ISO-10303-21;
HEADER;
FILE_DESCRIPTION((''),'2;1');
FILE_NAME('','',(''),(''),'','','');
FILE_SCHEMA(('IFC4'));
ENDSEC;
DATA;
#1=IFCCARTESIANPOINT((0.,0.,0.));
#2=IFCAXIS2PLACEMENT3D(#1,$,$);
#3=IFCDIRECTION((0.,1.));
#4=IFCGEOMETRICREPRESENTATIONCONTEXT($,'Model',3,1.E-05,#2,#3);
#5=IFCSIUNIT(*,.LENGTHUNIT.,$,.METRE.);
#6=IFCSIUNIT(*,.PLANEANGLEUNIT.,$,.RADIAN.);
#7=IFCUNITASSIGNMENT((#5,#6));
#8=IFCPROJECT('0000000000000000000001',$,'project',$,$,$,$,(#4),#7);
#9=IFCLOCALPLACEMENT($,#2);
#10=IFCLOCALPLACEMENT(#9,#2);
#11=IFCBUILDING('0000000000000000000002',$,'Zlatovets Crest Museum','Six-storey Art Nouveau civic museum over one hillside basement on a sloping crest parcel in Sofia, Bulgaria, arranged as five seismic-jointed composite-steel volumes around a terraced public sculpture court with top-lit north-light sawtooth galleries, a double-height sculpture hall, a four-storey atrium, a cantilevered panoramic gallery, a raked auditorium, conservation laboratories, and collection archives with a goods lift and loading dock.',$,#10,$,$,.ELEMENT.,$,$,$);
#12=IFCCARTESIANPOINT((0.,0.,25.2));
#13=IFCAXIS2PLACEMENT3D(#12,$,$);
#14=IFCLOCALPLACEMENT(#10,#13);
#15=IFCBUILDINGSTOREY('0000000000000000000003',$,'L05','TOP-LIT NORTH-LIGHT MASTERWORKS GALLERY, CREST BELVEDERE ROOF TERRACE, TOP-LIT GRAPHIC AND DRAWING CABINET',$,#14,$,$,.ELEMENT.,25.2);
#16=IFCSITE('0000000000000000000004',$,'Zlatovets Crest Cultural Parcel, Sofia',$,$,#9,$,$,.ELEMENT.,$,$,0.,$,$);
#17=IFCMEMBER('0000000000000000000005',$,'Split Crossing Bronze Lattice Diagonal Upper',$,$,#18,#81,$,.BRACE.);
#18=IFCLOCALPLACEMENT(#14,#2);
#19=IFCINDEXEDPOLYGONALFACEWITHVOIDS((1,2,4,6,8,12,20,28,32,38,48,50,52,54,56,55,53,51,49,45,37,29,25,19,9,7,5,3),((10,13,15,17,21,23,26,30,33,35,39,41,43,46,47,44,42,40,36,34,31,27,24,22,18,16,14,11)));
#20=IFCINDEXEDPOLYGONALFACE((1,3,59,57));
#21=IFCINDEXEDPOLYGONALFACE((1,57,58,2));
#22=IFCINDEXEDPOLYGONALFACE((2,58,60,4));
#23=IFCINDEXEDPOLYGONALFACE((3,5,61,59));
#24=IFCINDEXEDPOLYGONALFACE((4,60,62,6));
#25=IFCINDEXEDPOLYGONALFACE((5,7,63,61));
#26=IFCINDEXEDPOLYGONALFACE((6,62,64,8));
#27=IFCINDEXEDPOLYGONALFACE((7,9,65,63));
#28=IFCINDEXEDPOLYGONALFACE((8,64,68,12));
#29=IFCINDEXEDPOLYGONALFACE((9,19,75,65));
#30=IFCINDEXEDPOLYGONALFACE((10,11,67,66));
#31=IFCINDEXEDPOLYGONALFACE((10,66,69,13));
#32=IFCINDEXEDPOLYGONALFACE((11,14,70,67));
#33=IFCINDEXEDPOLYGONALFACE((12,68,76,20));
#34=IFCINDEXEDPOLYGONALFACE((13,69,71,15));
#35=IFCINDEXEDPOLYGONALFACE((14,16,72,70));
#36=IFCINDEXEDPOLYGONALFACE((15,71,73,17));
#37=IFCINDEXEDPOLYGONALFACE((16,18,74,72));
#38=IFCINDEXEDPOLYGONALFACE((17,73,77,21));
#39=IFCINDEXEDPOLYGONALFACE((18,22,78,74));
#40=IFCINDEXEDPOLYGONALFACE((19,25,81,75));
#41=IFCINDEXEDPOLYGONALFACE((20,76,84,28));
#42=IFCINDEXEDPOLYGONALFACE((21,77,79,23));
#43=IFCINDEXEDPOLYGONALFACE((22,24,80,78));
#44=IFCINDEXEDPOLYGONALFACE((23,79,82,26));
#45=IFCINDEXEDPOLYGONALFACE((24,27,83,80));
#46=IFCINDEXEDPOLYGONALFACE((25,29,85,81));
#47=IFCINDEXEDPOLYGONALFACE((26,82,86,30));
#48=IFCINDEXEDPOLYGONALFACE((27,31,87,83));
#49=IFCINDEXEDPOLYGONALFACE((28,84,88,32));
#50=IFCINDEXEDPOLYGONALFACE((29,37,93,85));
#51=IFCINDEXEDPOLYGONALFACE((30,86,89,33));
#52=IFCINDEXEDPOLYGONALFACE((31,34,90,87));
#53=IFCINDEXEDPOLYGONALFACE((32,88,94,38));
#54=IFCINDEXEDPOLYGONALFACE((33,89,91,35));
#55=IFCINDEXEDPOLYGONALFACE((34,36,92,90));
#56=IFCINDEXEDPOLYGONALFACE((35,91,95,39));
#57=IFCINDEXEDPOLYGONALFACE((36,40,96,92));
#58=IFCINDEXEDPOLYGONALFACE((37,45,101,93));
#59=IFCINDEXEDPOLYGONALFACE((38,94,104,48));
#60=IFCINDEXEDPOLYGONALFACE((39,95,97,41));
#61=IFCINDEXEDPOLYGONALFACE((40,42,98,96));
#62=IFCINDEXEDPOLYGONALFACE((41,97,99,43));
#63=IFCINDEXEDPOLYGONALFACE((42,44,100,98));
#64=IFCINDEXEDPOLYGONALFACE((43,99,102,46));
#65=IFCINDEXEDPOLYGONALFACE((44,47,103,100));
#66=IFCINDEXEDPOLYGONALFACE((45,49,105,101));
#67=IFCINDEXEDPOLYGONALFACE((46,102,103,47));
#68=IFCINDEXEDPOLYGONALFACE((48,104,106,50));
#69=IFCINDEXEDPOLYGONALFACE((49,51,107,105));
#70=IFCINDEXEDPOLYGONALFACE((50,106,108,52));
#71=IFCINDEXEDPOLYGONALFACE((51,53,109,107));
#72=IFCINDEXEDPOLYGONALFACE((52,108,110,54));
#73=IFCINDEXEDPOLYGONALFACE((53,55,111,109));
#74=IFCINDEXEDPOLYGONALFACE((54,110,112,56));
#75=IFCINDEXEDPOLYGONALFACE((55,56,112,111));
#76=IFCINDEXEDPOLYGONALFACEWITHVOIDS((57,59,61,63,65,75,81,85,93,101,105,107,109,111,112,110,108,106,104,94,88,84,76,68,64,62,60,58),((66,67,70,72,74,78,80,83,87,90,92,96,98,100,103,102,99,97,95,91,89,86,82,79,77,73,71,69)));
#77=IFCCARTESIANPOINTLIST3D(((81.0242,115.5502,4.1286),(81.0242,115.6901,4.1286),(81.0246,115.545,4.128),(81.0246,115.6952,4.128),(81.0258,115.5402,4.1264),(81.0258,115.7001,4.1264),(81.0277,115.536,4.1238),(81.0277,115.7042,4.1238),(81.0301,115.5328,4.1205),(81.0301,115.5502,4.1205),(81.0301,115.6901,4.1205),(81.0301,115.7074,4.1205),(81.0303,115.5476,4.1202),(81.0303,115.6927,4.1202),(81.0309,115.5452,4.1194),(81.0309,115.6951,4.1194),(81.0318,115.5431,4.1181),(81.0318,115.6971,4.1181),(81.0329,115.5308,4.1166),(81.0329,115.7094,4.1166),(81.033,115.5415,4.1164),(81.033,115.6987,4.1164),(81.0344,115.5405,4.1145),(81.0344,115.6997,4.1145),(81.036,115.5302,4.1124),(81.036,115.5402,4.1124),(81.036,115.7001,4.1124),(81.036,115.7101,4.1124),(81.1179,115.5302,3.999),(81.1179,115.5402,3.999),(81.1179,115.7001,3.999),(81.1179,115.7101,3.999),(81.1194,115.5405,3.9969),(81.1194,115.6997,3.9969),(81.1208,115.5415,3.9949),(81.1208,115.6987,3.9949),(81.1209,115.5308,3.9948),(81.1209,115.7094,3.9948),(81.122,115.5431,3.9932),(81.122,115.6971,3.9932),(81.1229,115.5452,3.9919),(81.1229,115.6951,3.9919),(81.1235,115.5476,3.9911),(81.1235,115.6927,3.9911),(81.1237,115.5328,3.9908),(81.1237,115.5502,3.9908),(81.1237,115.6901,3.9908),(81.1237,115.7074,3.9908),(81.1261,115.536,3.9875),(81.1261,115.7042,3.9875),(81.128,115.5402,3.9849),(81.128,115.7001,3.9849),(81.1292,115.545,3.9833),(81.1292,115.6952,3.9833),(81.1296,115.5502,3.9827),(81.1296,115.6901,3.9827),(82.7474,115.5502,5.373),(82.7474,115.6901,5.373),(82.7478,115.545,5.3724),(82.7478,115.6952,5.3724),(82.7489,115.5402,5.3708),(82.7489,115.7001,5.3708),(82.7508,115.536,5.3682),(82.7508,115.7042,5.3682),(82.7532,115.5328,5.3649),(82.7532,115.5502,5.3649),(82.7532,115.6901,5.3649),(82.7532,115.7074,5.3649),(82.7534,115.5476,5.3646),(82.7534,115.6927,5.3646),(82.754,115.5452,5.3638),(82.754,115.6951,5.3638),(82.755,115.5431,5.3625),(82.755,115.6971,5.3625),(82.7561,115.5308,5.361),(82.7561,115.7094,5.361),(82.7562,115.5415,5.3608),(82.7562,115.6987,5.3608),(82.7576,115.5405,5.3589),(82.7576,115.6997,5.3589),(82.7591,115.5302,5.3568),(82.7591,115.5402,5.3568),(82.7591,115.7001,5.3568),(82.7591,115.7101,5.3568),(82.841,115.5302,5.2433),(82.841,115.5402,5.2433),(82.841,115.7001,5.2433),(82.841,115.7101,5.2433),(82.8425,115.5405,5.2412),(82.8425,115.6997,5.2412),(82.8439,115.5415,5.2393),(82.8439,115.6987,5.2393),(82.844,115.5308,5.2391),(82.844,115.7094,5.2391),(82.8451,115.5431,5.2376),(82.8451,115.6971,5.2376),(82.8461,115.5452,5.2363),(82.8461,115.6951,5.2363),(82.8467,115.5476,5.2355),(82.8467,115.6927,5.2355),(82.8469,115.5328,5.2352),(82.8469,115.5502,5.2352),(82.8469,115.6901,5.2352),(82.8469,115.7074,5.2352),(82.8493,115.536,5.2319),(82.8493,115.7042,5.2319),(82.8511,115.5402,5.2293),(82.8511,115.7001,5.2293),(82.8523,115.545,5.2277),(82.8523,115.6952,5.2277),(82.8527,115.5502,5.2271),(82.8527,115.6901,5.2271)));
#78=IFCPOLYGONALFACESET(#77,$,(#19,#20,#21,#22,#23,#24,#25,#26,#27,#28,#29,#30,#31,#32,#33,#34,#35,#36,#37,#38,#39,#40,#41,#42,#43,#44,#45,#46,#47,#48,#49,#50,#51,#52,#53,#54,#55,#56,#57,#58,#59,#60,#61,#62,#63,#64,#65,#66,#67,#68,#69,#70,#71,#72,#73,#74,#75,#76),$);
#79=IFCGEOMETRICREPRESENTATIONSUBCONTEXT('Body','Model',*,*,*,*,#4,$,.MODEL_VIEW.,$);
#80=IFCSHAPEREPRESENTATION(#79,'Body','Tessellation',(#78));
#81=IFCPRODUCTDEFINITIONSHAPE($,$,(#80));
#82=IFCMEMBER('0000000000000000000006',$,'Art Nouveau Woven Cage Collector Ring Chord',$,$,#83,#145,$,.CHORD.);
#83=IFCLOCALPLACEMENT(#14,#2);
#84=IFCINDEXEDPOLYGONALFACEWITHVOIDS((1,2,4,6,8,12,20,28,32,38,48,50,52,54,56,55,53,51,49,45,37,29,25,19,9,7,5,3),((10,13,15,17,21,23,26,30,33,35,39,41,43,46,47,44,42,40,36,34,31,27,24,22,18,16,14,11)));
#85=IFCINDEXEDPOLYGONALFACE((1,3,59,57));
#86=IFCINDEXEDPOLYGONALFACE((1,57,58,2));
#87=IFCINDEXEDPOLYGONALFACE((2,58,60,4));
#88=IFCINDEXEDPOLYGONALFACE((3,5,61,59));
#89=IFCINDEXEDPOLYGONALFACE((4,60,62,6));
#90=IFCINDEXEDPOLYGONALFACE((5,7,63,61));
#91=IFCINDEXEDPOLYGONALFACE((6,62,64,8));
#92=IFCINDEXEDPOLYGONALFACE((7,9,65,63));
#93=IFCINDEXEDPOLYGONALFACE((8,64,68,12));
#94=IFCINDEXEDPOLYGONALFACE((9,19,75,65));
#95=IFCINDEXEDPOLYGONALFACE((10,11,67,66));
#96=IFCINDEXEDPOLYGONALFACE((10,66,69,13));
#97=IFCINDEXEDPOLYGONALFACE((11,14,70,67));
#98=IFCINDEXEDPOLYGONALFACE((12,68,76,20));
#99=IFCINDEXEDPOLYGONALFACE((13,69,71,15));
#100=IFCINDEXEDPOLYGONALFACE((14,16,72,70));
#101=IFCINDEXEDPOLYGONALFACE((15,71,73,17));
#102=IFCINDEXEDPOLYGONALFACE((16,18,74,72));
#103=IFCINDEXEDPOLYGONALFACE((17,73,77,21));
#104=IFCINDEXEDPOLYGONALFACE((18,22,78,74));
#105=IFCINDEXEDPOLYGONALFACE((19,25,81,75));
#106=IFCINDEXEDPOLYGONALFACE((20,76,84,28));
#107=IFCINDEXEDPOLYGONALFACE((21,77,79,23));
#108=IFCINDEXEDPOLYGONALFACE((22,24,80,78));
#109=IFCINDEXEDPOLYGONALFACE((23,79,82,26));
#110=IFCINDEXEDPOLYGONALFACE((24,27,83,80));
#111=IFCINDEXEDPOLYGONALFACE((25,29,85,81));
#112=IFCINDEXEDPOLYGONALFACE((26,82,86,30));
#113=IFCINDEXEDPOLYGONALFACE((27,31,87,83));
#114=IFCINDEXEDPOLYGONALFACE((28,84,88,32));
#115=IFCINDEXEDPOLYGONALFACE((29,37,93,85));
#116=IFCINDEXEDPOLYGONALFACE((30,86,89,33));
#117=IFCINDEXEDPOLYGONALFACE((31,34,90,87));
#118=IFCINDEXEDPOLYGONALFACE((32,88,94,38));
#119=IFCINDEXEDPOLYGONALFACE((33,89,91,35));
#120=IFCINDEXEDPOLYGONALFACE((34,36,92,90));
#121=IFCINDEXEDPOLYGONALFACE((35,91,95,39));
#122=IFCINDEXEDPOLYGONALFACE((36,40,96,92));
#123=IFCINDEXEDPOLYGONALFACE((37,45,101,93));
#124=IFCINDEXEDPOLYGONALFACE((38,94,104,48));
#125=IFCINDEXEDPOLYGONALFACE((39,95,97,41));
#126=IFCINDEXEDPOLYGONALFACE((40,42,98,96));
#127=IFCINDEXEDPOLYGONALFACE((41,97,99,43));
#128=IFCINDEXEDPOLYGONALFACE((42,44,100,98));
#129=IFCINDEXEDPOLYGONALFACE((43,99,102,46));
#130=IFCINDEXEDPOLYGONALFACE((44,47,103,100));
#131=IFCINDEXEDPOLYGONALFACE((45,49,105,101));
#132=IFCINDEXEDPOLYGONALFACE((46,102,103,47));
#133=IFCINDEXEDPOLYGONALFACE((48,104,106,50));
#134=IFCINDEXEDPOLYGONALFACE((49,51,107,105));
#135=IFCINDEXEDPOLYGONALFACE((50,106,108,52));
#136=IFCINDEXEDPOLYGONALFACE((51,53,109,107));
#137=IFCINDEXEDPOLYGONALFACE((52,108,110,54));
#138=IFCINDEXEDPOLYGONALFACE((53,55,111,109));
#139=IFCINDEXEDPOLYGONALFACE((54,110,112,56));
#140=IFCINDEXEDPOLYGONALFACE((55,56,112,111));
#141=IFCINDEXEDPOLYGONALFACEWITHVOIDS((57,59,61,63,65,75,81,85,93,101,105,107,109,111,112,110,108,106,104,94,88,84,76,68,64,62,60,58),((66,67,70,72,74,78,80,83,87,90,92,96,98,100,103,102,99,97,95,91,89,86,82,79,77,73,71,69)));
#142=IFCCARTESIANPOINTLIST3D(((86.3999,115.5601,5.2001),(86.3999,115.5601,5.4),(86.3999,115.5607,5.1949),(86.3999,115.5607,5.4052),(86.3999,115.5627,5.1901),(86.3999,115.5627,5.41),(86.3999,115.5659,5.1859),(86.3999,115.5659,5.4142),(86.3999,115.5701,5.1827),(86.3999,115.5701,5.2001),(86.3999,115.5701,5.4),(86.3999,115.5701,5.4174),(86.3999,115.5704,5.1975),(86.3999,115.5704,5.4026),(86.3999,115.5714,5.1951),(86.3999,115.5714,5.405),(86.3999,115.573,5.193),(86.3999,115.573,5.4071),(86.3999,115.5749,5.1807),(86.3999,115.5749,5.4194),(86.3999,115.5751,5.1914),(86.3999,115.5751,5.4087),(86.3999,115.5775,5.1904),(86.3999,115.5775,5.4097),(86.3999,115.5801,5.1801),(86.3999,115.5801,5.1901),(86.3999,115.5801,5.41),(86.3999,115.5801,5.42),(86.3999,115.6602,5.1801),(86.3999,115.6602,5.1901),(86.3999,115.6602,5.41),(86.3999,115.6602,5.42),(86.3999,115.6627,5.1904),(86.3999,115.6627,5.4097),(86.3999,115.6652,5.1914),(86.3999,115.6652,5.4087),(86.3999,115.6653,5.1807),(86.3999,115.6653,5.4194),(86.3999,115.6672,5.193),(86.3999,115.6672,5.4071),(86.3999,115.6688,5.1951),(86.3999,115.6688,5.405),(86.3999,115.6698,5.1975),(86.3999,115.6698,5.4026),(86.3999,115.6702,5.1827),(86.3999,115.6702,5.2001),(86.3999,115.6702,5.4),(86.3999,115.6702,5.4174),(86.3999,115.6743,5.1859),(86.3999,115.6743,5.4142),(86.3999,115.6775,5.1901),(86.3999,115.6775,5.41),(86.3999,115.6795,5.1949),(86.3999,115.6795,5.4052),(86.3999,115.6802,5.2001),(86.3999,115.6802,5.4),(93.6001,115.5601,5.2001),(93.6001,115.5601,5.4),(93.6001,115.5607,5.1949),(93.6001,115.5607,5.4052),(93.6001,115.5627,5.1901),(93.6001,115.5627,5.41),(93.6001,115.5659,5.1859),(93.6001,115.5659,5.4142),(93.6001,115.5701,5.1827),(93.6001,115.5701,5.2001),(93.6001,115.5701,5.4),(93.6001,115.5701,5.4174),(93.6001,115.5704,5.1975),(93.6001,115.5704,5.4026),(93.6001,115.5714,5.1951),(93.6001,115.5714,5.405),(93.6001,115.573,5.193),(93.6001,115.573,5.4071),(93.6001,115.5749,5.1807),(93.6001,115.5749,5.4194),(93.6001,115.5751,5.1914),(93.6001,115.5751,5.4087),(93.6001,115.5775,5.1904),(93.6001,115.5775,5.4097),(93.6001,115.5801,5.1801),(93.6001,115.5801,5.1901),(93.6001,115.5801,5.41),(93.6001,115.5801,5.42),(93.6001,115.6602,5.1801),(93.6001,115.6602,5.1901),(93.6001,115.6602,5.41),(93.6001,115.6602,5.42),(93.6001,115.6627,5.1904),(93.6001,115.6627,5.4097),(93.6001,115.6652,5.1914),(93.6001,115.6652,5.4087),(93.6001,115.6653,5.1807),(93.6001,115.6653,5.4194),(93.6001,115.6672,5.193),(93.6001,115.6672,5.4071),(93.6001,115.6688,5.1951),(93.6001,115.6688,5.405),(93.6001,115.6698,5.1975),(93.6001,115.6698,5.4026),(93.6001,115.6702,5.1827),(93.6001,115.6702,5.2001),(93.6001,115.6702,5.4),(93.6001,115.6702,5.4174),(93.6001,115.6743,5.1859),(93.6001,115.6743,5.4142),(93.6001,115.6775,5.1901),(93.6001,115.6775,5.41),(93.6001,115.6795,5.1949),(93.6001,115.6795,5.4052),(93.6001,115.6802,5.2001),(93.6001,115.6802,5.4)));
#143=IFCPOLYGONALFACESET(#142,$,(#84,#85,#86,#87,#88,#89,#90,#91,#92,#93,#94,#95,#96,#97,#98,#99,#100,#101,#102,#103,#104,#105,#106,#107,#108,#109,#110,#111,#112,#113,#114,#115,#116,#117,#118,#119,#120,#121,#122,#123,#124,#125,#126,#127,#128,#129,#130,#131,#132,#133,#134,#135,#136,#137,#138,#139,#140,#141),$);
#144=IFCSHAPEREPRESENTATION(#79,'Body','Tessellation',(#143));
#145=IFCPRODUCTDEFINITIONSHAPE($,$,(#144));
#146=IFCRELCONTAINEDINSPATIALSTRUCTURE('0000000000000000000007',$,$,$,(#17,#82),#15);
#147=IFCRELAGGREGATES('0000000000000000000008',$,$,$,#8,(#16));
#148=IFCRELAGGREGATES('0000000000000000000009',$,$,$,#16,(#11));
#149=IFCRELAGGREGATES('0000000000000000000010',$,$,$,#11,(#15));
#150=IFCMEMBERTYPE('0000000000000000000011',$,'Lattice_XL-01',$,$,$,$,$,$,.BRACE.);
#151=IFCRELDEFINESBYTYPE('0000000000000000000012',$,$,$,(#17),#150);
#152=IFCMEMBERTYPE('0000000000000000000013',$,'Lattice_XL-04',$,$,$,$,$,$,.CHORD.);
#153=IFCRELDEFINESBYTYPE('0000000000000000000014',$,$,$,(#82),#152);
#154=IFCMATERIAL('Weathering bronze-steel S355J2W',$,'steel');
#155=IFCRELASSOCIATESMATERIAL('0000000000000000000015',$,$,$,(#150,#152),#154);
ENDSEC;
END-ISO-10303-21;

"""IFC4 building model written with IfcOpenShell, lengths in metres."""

from ifc_helpers import new_model, si_unit, direction, frame, origin, origin_2d, place, context, subcontext, project, spatial, hollow_rectangle, extrude, material, material_profile, profile_set, type_object, element, save


model = new_model("IFC4")

# Units and contexts
model_context = context("Model", 3, precision=1e-05, world=origin(), true_north=direction((0.0, 1.0)))
body_context = subcontext(model_context, "Body", "Model", "MODEL_VIEW")
ifc_project = project(units=[si_unit("LENGTHUNIT", "METRE"), si_unit("PLANEANGLEUNIT", "RADIAN")], contexts=[model_context])

# Site, building, storey
site_placement = place(None, origin())
site = spatial("IfcSite", under=ifc_project, at=site_placement, Name="Zlatovets Crest Cultural Parcel, Sofia", CompositionType="ELEMENT", RefElevation=0.0)
building_placement = place(site_placement, origin())
building = spatial("IfcBuilding", under=site, at=building_placement, Name="Zlatovets Crest Museum", Description="Six-storey Art Nouveau civic museum over one hillside basement on a sloping crest parcel in Sofia, Bulgaria, arranged as five seismic-jointed composite-steel volumes around a terraced public sculpture court with top-lit north-light sawtooth galleries, a double-height sculpture hall, a four-storey atrium, a cantilevered panoramic gallery, a raked auditorium, conservation laboratories, and collection archives with a goods lift and loading dock.", CompositionType="ELEMENT")
storey_placement = place(building_placement, frame((0.0, 0.0, 25.2)))
storey = spatial("IfcBuildingStorey", under=building, at=storey_placement, Name="L05", Description="TOP-LIT NORTH-LIGHT MASTERWORKS GALLERY, CREST BELVEDERE ROOF TERRACE, TOP-LIT GRAPHIC AND DRAWING CABINET", CompositionType="ELEMENT", Elevation=25.2)

# Members
ifc_material_1 = material(Name="Weathering bronze-steel S355J2W", Category="steel")
ifc_material_profile_1 = material_profile(ifc_material_1, hollow_rectangle(XDim=0.1799, YDim=0.1799, WallThickness=0.01, InnerFilletRadius=0.01, OuterFilletRadius=0.02, at=origin_2d()), Name="SHS 180x180x10.0")
ifc_profile_set_1 = profile_set([ifc_material_profile_1], Name="Weathering bronze-steel S355J2W")
member_type_1 = type_object("IfcMemberType", Name="Lattice_XL-01", PredefinedType="BRACE", material=ifc_profile_set_1)
member_1_placement = place(storey_placement, frame((82.8, 115.6201, 5.3), z_axis=(-0.810703, 0.0, -0.585457), x_axis=(0.0, -1.0, 0.0)))
element("IfcMember", 1, at=member_1_placement, inside=storey, type_object=member_type_1, Name="Split Crossing Bronze Lattice Diagonal Upper", PredefinedType="BRACE", context=body_context, shape_type="SweptSolid", body=[
    extrude(hollow_rectangle(XDim=0.1799, YDim=0.1799, WallThickness=0.01, InnerFilletRadius=0.01, OuterFilletRadius=0.02, at=origin_2d()), origin(), (0.0, 0.0, 1.0), 2.1255),
])
ifc_material_profile_2 = material_profile(ifc_material_1, hollow_rectangle(XDim=0.1201, YDim=0.24, WallThickness=0.01, InnerFilletRadius=0.01, OuterFilletRadius=0.02, at=origin_2d()), Name="RHS 120x240x10.0")
ifc_profile_set_2 = profile_set([ifc_material_profile_2], Name="Weathering bronze-steel S355J2W")
member_type_2 = type_object("IfcMemberType", Name="Lattice_XL-04", PredefinedType="CHORD", material=ifc_profile_set_2)
member_2_placement = place(storey_placement, frame((93.6001, 115.6201, 5.3), z_axis=(-1.0, 0.0, 0.0), x_axis=(0.0, -1.0, 0.0)))
element("IfcMember", 2, at=member_2_placement, inside=storey, type_object=member_type_2, Name="Art Nouveau Woven Cage Collector Ring Chord", PredefinedType="CHORD", context=body_context, shape_type="SweptSolid", body=[
    extrude(hollow_rectangle(XDim=0.1201, YDim=0.24, WallThickness=0.01, InnerFilletRadius=0.01, OuterFilletRadius=0.02, at=origin_2d()), origin(), (0.0, 0.0, 1.0), 7.2002),
])

save(model, "model.ifc")
